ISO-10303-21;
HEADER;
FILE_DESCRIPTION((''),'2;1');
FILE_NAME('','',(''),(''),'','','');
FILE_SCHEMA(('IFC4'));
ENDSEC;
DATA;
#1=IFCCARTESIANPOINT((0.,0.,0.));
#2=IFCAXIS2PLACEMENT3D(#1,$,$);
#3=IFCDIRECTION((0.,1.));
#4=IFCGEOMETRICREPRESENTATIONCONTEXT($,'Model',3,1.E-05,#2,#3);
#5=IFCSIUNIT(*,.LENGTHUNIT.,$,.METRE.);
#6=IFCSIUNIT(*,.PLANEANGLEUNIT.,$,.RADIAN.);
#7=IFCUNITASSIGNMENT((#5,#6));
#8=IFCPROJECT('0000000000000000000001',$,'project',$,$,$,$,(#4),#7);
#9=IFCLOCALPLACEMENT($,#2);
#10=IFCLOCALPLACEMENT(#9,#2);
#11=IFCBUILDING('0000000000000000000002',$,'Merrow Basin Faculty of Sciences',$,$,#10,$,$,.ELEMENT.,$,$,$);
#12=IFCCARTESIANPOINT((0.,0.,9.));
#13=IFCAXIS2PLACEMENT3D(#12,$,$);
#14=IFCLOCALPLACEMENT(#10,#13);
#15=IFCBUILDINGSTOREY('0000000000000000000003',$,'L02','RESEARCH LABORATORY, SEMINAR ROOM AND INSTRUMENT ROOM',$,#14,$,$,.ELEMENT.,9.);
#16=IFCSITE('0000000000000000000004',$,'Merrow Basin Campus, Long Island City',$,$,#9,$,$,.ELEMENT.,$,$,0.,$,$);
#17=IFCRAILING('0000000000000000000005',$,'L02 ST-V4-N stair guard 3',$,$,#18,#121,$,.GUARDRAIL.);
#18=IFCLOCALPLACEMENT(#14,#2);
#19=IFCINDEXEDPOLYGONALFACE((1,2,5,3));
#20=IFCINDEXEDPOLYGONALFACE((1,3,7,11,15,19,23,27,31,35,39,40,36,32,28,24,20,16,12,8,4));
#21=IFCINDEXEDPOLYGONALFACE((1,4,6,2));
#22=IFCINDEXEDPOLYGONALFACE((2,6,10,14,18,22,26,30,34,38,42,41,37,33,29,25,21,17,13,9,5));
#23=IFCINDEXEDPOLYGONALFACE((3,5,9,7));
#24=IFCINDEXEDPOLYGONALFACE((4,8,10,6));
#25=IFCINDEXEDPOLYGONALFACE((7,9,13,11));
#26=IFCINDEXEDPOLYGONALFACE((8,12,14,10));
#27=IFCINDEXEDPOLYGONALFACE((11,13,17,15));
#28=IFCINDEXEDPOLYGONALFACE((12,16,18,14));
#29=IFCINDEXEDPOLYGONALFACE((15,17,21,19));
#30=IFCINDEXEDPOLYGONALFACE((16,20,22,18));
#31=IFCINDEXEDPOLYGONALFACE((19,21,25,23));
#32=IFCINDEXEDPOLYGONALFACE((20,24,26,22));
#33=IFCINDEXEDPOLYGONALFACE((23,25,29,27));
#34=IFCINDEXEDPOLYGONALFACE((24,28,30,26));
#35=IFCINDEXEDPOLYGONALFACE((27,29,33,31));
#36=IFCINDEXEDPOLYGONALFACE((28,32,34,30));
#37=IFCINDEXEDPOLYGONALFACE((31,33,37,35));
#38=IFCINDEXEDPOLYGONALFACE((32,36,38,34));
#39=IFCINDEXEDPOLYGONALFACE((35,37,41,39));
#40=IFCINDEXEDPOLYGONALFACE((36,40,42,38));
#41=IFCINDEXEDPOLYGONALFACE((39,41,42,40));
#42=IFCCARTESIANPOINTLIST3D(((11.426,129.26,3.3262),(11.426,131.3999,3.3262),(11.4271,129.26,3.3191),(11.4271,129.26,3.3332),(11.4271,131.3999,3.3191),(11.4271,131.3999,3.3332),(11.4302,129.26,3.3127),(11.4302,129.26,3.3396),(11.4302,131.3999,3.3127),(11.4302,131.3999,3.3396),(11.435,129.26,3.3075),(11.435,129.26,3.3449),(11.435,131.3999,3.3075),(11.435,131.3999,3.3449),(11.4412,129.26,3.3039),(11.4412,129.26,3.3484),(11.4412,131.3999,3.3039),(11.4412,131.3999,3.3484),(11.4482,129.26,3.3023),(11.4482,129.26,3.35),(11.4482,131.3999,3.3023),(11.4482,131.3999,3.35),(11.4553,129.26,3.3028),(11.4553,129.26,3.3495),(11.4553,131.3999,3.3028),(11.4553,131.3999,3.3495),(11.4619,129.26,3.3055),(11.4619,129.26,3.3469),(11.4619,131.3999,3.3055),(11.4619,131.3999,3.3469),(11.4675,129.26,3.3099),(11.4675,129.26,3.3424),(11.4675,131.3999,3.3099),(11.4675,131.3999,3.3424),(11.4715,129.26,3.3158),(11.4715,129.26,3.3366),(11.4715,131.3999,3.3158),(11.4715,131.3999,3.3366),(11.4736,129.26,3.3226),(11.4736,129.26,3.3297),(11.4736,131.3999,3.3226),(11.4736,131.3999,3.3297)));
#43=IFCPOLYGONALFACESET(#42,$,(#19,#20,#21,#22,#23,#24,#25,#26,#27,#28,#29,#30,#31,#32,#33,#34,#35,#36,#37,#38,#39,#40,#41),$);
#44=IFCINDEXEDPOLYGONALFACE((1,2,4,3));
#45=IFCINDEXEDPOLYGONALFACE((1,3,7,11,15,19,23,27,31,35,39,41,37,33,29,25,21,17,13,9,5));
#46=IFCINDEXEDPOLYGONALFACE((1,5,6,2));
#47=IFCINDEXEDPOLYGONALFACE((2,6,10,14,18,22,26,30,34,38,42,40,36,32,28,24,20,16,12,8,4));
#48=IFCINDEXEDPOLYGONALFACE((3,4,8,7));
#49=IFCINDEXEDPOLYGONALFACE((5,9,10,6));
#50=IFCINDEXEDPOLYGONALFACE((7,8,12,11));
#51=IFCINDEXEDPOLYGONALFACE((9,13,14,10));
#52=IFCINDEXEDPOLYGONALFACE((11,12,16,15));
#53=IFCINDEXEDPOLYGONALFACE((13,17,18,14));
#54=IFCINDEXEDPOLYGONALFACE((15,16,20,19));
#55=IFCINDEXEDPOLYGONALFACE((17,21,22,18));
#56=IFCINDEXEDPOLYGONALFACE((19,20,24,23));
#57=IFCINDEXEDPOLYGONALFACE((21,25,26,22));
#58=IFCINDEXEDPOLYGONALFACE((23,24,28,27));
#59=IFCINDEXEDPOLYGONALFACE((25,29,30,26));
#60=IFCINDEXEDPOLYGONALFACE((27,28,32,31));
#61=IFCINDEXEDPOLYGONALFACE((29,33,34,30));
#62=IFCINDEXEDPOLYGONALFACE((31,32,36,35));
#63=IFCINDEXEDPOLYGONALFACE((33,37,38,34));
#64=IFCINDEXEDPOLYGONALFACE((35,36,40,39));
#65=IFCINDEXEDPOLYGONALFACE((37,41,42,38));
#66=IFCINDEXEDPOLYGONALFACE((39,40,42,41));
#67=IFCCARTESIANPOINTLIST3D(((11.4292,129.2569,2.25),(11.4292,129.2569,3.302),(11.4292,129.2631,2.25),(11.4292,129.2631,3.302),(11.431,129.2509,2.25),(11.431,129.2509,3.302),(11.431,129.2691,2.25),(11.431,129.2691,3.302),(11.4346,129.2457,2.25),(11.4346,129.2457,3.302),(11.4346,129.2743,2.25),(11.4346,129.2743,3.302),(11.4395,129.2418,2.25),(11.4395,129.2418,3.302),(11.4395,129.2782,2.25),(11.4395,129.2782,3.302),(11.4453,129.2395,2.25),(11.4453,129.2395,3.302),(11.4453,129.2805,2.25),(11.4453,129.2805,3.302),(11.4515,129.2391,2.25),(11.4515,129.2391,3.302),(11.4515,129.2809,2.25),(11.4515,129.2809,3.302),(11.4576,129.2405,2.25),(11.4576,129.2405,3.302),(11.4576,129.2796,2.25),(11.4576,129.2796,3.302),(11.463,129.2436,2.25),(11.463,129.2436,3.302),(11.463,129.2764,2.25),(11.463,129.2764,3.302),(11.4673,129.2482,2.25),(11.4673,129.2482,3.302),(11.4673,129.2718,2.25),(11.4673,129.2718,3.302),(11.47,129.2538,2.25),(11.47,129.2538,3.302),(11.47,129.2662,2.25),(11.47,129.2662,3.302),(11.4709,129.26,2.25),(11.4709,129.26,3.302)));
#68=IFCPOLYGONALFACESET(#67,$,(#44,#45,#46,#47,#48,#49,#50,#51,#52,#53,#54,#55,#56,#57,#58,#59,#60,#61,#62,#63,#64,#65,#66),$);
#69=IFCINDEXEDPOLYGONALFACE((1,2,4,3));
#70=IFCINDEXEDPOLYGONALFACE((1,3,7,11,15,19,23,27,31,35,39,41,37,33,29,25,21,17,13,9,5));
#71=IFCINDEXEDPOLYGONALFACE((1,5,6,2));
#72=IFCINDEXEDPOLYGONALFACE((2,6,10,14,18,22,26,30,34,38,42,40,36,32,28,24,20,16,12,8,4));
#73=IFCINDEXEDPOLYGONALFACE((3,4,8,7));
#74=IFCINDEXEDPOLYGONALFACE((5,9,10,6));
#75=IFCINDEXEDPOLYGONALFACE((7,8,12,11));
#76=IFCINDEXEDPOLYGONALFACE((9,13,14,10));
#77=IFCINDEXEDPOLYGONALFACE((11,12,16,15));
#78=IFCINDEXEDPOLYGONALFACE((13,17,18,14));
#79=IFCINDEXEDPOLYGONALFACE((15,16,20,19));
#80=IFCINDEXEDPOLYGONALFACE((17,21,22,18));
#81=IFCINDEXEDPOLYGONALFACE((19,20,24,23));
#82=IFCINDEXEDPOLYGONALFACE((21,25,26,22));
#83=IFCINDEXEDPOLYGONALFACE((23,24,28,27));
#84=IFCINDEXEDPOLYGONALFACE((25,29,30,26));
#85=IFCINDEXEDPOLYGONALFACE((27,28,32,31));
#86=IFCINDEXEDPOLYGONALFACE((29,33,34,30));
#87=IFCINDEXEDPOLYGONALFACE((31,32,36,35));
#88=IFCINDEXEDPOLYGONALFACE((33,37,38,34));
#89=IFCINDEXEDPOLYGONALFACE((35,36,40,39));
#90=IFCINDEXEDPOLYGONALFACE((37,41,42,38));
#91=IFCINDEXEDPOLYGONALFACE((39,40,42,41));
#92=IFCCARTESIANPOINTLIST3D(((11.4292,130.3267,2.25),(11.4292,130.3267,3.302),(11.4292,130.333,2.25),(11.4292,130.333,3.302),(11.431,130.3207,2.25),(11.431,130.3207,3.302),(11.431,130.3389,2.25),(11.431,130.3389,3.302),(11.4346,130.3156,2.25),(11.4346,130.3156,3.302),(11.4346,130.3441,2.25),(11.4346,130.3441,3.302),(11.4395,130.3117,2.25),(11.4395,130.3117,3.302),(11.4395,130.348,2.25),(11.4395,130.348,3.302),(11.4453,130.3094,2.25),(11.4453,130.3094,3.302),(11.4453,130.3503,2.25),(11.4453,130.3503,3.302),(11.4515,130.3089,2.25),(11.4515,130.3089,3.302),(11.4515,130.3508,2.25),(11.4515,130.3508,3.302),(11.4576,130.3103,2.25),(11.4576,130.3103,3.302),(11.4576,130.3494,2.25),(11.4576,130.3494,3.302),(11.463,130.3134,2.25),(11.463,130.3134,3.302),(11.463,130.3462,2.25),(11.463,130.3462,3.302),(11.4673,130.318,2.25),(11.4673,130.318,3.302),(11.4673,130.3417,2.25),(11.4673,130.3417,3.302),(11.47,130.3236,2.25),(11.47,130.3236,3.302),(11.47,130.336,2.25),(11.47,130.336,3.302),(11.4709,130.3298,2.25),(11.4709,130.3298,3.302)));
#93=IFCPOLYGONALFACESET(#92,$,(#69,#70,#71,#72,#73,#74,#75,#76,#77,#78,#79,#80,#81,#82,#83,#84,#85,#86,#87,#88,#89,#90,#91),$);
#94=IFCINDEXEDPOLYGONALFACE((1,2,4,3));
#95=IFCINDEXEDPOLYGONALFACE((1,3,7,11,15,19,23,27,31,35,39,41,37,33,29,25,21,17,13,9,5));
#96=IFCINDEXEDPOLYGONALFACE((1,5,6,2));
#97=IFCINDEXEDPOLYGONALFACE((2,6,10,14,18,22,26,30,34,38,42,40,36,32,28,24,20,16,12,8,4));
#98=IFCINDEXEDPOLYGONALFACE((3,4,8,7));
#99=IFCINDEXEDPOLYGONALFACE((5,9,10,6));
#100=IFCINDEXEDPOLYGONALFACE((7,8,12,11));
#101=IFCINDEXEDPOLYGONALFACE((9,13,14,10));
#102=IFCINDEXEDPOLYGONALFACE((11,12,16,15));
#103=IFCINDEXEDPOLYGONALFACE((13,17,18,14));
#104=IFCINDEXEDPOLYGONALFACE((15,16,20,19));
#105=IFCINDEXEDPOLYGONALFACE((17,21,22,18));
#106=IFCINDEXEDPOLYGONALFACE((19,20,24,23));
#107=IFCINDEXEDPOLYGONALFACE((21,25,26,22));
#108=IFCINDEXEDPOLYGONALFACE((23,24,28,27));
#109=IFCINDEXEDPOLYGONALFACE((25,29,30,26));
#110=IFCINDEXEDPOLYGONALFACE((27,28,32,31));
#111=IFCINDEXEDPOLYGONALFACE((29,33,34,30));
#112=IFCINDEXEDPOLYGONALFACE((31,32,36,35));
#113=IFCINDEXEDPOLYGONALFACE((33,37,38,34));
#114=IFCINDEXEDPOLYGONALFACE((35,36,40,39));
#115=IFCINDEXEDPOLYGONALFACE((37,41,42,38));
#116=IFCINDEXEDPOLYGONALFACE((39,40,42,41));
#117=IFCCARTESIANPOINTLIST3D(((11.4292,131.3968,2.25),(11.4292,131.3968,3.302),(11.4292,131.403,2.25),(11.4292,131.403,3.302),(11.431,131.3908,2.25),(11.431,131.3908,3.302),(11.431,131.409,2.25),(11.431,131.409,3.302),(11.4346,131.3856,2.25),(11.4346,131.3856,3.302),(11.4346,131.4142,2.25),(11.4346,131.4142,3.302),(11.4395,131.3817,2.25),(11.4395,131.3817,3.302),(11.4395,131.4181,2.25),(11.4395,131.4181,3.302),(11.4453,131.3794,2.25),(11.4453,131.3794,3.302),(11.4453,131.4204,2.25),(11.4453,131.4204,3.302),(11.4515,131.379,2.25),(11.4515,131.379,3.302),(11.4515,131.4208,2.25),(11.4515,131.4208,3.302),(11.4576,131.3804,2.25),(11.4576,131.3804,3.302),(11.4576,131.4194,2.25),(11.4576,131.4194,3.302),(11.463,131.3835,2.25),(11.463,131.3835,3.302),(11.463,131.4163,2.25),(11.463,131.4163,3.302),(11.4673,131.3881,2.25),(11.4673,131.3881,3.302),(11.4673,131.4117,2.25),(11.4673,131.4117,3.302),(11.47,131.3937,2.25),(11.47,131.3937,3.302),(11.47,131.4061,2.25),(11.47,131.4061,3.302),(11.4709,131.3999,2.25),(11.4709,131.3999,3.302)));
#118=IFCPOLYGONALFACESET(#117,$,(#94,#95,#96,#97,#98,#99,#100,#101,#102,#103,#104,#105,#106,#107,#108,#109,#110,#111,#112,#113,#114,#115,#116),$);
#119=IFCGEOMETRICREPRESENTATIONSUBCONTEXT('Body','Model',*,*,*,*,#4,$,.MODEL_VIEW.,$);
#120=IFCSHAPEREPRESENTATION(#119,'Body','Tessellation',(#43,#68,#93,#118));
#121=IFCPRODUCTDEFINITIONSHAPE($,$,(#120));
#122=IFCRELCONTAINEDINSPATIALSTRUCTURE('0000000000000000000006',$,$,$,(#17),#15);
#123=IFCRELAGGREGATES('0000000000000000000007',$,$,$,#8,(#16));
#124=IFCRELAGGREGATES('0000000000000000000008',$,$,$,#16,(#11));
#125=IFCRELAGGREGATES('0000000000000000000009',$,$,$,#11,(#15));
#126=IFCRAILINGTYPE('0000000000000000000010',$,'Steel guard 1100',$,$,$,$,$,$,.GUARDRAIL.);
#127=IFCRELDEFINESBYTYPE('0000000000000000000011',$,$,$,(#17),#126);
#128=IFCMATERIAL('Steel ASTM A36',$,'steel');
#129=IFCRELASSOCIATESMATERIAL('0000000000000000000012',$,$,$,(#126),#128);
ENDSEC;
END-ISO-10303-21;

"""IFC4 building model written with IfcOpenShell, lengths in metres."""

from ifc_helpers import new_model, si_unit, direction, frame, origin, origin_2d, place, context, subcontext, project, spatial, circle, extrude, material, type_object, element, save


model = new_model("IFC4")

# Units and contexts
model_context = context("Model", 3, precision=1e-05, world=origin(), true_north=direction((0.0, 1.0)))
body_context = subcontext(model_context, "Body", "Model", "MODEL_VIEW")
ifc_project = project(units=[si_unit("LENGTHUNIT", "METRE"), si_unit("PLANEANGLEUNIT", "RADIAN")], contexts=[model_context])

# Site, building, storey
site_placement = place(None, origin())
site = spatial("IfcSite", under=ifc_project, at=site_placement, Name="Merrow Basin Campus, Long Island City", CompositionType="ELEMENT", RefElevation=0.0)
building_placement = place(site_placement, origin())
building = spatial("IfcBuilding", under=site, at=building_placement, Name="Merrow Basin Faculty of Sciences", CompositionType="ELEMENT")
storey_placement = place(building_placement, frame((0.0, 0.0, 9.0)))
storey = spatial("IfcBuildingStorey", under=building, at=storey_placement, Name="L02", Description="RESEARCH LABORATORY, SEMINAR ROOM AND INSTRUMENT ROOM", CompositionType="ELEMENT", Elevation=9.0)

# Railing
ifc_material_1 = material(Name="Steel ASTM A36", Category="steel")
railing_type_1 = type_object("IfcRailingType", Name="Steel guard 1100", PredefinedType="GUARDRAIL", material=ifc_material_1)
railing_1_placement = place(storey_placement, frame((11.45, 129.26, 2.25)))
element("IfcRailing", 1, at=railing_1_placement, inside=storey, type_object=railing_type_1, Name="L02 ST-V4-N stair guard 3", PredefinedType="GUARDRAIL", context=body_context, shape_type="SweptSolid", body=[
    extrude(circle(Radius=0.0239, at=origin_2d()), frame((0.0, 0.0, 1.0762), z_axis=(0.0, 1.0, 0.0), x_axis=(-1.0, 0.0, 0.0)), (0.0, 0.0, 1.0), 2.1399),
    extrude(circle(Radius=0.021, at=origin_2d()), origin(), (0.0, 0.0, 1.0), 1.052),
    extrude(circle(Radius=0.021, at=origin_2d()), frame((0.0, 1.0698, 0.0)), (0.0, 0.0, 1.0), 1.052),
    extrude(circle(Radius=0.021, at=origin_2d()), frame((0.0, 2.1399, 0.0)), (0.0, 0.0, 1.0), 1.052),
])

save(model, "model.ifc")
